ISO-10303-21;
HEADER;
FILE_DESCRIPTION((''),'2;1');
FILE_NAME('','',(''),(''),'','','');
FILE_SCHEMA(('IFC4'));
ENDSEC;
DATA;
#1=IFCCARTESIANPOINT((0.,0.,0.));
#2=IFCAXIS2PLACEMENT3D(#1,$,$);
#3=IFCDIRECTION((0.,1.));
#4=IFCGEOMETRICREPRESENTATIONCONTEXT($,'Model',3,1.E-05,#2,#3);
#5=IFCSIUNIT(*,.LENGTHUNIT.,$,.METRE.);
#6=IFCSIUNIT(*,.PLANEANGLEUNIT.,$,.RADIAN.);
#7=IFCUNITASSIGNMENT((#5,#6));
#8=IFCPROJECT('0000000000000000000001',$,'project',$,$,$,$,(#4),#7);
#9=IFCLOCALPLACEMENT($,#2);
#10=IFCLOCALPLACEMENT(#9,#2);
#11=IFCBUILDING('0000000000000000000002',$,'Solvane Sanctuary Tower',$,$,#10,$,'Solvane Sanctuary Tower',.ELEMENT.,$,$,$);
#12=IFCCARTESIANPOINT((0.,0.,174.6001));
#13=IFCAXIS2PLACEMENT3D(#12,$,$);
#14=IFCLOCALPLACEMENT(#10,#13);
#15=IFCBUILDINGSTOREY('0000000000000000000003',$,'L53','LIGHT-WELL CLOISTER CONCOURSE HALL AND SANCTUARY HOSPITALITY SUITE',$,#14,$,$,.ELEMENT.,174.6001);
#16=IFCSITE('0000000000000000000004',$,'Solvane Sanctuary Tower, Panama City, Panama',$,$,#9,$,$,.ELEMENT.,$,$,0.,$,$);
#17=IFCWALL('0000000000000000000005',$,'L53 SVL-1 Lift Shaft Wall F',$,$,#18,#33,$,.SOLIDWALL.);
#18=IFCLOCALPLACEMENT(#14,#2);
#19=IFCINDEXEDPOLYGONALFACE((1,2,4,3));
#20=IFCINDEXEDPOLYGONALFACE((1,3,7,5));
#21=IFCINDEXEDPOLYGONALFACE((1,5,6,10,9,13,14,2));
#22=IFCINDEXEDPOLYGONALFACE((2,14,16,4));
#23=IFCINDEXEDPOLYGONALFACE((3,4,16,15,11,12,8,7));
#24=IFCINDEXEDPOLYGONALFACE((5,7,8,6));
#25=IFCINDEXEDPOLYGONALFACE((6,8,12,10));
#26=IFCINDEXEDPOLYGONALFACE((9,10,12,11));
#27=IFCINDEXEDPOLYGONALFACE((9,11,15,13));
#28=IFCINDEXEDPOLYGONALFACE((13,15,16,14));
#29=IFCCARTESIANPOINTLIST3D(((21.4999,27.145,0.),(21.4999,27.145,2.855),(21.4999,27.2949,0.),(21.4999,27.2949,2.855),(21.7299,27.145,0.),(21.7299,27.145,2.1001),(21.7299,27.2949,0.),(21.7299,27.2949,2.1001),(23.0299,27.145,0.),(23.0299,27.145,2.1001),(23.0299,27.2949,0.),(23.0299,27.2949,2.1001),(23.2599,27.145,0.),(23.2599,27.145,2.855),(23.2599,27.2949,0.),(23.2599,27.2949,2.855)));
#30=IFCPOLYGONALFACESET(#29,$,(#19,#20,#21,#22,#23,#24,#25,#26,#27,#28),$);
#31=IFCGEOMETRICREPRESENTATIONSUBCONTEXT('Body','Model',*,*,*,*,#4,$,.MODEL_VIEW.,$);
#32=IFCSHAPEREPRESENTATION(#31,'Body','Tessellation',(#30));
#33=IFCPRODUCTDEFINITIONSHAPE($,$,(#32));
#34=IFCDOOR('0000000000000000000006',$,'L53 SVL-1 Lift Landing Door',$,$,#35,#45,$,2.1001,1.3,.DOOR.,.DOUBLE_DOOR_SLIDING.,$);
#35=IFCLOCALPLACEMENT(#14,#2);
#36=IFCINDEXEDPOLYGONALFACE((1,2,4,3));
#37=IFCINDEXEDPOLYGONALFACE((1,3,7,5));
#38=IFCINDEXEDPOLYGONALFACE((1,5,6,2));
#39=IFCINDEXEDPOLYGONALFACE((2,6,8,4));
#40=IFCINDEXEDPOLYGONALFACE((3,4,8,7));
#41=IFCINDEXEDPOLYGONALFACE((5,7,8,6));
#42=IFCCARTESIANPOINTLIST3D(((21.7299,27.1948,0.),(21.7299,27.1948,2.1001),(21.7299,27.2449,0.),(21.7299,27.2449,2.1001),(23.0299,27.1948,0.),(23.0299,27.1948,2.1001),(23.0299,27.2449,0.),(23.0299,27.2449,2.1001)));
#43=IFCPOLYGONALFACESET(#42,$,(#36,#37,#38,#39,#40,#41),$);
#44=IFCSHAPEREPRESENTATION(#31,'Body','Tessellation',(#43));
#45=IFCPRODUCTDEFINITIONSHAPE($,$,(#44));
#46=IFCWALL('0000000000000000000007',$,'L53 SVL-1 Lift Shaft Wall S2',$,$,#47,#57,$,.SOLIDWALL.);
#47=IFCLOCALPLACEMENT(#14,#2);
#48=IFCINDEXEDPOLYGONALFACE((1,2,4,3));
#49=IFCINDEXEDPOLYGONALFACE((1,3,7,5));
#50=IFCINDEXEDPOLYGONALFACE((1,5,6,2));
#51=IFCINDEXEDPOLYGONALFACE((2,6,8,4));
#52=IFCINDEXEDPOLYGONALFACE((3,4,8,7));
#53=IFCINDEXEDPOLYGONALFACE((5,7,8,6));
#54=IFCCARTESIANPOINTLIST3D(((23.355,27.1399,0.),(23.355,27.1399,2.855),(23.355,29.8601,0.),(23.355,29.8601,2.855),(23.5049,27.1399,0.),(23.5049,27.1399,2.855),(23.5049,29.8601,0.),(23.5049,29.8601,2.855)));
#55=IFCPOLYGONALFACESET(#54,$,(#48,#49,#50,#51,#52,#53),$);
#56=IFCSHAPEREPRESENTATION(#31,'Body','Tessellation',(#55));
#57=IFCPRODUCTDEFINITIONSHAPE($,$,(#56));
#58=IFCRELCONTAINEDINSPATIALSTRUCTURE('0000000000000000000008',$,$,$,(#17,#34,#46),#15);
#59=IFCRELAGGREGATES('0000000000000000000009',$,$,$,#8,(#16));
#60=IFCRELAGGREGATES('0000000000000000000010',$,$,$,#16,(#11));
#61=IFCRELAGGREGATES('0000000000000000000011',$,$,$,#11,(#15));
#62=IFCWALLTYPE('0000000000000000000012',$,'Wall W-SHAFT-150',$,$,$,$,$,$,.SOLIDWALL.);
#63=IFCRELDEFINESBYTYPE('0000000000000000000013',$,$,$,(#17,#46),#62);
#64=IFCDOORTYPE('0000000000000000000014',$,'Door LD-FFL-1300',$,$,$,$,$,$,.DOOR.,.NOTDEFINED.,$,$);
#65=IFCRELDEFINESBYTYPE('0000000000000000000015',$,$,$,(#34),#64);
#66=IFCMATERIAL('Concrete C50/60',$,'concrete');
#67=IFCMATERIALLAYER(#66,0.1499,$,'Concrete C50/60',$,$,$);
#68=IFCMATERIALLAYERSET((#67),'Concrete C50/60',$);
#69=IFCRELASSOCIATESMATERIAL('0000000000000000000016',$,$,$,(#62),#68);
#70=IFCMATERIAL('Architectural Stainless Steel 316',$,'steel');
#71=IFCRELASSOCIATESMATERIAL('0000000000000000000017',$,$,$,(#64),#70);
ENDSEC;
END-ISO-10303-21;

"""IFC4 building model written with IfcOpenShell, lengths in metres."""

from ifc_helpers import new_model, si_unit, direction, frame, frame_2d, origin, place, context, subcontext, project, spatial, rectangle, extrude, material, layer, layer_set, type_object, element, fill, save


model = new_model("IFC4")

# Units and contexts
model_context = context("Model", 3, precision=1e-05, world=origin(), true_north=direction((0.0, 1.0)))
body_context = subcontext(model_context, "Body", "Model", "MODEL_VIEW")
ifc_project = project(units=[si_unit("LENGTHUNIT", "METRE"), si_unit("PLANEANGLEUNIT", "RADIAN")], contexts=[model_context])

# Site, building, storey
site_placement = place(None, origin())
site = spatial("IfcSite", under=ifc_project, at=site_placement, Name="Solvane Sanctuary Tower, Panama City, Panama", CompositionType="ELEMENT", RefElevation=0.0)
building_placement = place(site_placement, origin())
building = spatial("IfcBuilding", under=site, at=building_placement, Name="Solvane Sanctuary Tower", LongName="Solvane Sanctuary Tower", CompositionType="ELEMENT")
storey_placement = place(building_placement, frame((0.0, 0.0, 174.6001)))
storey = spatial("IfcBuildingStorey", under=building, at=storey_placement, Name="L53", Description="LIGHT-WELL CLOISTER CONCOURSE HALL AND SANCTUARY HOSPITALITY SUITE", CompositionType="ELEMENT", Elevation=174.6001)

# Shared definitions
ifc_material_1 = material(Name="Concrete C50/60", Category="concrete")

# Shared definitions
ifc_material_2 = material(Name="Architectural Stainless Steel 316", Category="steel")

# Shared definitions
ifc_layer_1 = layer(ifc_material_1, 0.1499, Name="Concrete C50/60")
ifc_layer_set_1 = layer_set([ifc_layer_1], Name="Concrete C50/60")
wall_type_1 = type_object("IfcWallType", Name="Wall W-SHAFT-150", PredefinedType="SOLIDWALL", material=ifc_layer_set_1)

# Wall, opening, door
wall_1_placement = place(storey_placement, frame((21.5, 27.22, 0.0), z_axis=(0.0, 0.0, 1.0), x_axis=(1.0, 0.0, 0.0)))
wall_1 = element("IfcWall", 1, at=wall_1_placement, inside=storey, type_object=wall_type_1, Name="L53 SVL-1 Lift Shaft Wall F", PredefinedType="SOLIDWALL", context=body_context, shape_type="SweptSolid", body=[
    extrude(rectangle(XDim=1.76, YDim=0.1499, at=frame_2d((0.8799, 0.0))), origin(), (0.0, 0.0, 1.0), 2.855),
])
opening_1_placement = place(wall_1_placement, frame((0.23, 0.0, 0.0)))
opening_1 = element("IfcOpeningElement", 2, at=opening_1_placement, cuts=wall_1, PredefinedType="OPENING", context=body_context, shape_type="SweptSolid", body=[
    extrude(rectangle(XDim=1.3, YDim=2.1001, at=frame_2d((0.6499, 1.05))), frame((0.0, 0.085, 0.0), z_axis=(0.0, -1.0, 0.0), x_axis=(1.0, 0.0, 0.0)), (0.0, 0.0, 1.0), 0.1699),
])
door_type_1 = type_object("IfcDoorType", Name="Door LD-FFL-1300", OperationType="NOTDEFINED", PredefinedType="DOOR", material=ifc_material_2)
door_1_placement = place(opening_1_placement, origin())
door_1 = element("IfcDoor", 3, at=door_1_placement, inside=storey, type_object=door_type_1, Name="L53 SVL-1 Lift Landing Door", OperationType="DOUBLE_DOOR_SLIDING", OverallHeight=2.1001, OverallWidth=1.3, PredefinedType="DOOR", context=body_context, shape_type="SweptSolid", body=[
    extrude(rectangle(XDim=1.3, YDim=2.1001, at=frame_2d((0.6499, 1.05))), frame((0.0, 0.0249, 0.0), z_axis=(0.0, -1.0, 0.0), x_axis=(1.0, 0.0, 0.0)), (0.0, 0.0, 1.0), 0.05),
])
fill(opening_1, door_1)

# Wall
wall_2_placement = place(storey_placement, frame((23.4299, 27.1399, 0.0), z_axis=(0.0, 0.0, 1.0), x_axis=(0.0, 1.0, 0.0)))
element("IfcWall", 4, at=wall_2_placement, inside=storey, type_object=wall_type_1, Name="L53 SVL-1 Lift Shaft Wall S2", PredefinedType="SOLIDWALL", context=body_context, shape_type="SweptSolid", body=[
    extrude(rectangle(XDim=2.7202, YDim=0.1499, at=frame_2d((1.3601, 0.0))), origin(), (0.0, 0.0, 1.0), 2.855),
])

save(model, "model.ifc")
